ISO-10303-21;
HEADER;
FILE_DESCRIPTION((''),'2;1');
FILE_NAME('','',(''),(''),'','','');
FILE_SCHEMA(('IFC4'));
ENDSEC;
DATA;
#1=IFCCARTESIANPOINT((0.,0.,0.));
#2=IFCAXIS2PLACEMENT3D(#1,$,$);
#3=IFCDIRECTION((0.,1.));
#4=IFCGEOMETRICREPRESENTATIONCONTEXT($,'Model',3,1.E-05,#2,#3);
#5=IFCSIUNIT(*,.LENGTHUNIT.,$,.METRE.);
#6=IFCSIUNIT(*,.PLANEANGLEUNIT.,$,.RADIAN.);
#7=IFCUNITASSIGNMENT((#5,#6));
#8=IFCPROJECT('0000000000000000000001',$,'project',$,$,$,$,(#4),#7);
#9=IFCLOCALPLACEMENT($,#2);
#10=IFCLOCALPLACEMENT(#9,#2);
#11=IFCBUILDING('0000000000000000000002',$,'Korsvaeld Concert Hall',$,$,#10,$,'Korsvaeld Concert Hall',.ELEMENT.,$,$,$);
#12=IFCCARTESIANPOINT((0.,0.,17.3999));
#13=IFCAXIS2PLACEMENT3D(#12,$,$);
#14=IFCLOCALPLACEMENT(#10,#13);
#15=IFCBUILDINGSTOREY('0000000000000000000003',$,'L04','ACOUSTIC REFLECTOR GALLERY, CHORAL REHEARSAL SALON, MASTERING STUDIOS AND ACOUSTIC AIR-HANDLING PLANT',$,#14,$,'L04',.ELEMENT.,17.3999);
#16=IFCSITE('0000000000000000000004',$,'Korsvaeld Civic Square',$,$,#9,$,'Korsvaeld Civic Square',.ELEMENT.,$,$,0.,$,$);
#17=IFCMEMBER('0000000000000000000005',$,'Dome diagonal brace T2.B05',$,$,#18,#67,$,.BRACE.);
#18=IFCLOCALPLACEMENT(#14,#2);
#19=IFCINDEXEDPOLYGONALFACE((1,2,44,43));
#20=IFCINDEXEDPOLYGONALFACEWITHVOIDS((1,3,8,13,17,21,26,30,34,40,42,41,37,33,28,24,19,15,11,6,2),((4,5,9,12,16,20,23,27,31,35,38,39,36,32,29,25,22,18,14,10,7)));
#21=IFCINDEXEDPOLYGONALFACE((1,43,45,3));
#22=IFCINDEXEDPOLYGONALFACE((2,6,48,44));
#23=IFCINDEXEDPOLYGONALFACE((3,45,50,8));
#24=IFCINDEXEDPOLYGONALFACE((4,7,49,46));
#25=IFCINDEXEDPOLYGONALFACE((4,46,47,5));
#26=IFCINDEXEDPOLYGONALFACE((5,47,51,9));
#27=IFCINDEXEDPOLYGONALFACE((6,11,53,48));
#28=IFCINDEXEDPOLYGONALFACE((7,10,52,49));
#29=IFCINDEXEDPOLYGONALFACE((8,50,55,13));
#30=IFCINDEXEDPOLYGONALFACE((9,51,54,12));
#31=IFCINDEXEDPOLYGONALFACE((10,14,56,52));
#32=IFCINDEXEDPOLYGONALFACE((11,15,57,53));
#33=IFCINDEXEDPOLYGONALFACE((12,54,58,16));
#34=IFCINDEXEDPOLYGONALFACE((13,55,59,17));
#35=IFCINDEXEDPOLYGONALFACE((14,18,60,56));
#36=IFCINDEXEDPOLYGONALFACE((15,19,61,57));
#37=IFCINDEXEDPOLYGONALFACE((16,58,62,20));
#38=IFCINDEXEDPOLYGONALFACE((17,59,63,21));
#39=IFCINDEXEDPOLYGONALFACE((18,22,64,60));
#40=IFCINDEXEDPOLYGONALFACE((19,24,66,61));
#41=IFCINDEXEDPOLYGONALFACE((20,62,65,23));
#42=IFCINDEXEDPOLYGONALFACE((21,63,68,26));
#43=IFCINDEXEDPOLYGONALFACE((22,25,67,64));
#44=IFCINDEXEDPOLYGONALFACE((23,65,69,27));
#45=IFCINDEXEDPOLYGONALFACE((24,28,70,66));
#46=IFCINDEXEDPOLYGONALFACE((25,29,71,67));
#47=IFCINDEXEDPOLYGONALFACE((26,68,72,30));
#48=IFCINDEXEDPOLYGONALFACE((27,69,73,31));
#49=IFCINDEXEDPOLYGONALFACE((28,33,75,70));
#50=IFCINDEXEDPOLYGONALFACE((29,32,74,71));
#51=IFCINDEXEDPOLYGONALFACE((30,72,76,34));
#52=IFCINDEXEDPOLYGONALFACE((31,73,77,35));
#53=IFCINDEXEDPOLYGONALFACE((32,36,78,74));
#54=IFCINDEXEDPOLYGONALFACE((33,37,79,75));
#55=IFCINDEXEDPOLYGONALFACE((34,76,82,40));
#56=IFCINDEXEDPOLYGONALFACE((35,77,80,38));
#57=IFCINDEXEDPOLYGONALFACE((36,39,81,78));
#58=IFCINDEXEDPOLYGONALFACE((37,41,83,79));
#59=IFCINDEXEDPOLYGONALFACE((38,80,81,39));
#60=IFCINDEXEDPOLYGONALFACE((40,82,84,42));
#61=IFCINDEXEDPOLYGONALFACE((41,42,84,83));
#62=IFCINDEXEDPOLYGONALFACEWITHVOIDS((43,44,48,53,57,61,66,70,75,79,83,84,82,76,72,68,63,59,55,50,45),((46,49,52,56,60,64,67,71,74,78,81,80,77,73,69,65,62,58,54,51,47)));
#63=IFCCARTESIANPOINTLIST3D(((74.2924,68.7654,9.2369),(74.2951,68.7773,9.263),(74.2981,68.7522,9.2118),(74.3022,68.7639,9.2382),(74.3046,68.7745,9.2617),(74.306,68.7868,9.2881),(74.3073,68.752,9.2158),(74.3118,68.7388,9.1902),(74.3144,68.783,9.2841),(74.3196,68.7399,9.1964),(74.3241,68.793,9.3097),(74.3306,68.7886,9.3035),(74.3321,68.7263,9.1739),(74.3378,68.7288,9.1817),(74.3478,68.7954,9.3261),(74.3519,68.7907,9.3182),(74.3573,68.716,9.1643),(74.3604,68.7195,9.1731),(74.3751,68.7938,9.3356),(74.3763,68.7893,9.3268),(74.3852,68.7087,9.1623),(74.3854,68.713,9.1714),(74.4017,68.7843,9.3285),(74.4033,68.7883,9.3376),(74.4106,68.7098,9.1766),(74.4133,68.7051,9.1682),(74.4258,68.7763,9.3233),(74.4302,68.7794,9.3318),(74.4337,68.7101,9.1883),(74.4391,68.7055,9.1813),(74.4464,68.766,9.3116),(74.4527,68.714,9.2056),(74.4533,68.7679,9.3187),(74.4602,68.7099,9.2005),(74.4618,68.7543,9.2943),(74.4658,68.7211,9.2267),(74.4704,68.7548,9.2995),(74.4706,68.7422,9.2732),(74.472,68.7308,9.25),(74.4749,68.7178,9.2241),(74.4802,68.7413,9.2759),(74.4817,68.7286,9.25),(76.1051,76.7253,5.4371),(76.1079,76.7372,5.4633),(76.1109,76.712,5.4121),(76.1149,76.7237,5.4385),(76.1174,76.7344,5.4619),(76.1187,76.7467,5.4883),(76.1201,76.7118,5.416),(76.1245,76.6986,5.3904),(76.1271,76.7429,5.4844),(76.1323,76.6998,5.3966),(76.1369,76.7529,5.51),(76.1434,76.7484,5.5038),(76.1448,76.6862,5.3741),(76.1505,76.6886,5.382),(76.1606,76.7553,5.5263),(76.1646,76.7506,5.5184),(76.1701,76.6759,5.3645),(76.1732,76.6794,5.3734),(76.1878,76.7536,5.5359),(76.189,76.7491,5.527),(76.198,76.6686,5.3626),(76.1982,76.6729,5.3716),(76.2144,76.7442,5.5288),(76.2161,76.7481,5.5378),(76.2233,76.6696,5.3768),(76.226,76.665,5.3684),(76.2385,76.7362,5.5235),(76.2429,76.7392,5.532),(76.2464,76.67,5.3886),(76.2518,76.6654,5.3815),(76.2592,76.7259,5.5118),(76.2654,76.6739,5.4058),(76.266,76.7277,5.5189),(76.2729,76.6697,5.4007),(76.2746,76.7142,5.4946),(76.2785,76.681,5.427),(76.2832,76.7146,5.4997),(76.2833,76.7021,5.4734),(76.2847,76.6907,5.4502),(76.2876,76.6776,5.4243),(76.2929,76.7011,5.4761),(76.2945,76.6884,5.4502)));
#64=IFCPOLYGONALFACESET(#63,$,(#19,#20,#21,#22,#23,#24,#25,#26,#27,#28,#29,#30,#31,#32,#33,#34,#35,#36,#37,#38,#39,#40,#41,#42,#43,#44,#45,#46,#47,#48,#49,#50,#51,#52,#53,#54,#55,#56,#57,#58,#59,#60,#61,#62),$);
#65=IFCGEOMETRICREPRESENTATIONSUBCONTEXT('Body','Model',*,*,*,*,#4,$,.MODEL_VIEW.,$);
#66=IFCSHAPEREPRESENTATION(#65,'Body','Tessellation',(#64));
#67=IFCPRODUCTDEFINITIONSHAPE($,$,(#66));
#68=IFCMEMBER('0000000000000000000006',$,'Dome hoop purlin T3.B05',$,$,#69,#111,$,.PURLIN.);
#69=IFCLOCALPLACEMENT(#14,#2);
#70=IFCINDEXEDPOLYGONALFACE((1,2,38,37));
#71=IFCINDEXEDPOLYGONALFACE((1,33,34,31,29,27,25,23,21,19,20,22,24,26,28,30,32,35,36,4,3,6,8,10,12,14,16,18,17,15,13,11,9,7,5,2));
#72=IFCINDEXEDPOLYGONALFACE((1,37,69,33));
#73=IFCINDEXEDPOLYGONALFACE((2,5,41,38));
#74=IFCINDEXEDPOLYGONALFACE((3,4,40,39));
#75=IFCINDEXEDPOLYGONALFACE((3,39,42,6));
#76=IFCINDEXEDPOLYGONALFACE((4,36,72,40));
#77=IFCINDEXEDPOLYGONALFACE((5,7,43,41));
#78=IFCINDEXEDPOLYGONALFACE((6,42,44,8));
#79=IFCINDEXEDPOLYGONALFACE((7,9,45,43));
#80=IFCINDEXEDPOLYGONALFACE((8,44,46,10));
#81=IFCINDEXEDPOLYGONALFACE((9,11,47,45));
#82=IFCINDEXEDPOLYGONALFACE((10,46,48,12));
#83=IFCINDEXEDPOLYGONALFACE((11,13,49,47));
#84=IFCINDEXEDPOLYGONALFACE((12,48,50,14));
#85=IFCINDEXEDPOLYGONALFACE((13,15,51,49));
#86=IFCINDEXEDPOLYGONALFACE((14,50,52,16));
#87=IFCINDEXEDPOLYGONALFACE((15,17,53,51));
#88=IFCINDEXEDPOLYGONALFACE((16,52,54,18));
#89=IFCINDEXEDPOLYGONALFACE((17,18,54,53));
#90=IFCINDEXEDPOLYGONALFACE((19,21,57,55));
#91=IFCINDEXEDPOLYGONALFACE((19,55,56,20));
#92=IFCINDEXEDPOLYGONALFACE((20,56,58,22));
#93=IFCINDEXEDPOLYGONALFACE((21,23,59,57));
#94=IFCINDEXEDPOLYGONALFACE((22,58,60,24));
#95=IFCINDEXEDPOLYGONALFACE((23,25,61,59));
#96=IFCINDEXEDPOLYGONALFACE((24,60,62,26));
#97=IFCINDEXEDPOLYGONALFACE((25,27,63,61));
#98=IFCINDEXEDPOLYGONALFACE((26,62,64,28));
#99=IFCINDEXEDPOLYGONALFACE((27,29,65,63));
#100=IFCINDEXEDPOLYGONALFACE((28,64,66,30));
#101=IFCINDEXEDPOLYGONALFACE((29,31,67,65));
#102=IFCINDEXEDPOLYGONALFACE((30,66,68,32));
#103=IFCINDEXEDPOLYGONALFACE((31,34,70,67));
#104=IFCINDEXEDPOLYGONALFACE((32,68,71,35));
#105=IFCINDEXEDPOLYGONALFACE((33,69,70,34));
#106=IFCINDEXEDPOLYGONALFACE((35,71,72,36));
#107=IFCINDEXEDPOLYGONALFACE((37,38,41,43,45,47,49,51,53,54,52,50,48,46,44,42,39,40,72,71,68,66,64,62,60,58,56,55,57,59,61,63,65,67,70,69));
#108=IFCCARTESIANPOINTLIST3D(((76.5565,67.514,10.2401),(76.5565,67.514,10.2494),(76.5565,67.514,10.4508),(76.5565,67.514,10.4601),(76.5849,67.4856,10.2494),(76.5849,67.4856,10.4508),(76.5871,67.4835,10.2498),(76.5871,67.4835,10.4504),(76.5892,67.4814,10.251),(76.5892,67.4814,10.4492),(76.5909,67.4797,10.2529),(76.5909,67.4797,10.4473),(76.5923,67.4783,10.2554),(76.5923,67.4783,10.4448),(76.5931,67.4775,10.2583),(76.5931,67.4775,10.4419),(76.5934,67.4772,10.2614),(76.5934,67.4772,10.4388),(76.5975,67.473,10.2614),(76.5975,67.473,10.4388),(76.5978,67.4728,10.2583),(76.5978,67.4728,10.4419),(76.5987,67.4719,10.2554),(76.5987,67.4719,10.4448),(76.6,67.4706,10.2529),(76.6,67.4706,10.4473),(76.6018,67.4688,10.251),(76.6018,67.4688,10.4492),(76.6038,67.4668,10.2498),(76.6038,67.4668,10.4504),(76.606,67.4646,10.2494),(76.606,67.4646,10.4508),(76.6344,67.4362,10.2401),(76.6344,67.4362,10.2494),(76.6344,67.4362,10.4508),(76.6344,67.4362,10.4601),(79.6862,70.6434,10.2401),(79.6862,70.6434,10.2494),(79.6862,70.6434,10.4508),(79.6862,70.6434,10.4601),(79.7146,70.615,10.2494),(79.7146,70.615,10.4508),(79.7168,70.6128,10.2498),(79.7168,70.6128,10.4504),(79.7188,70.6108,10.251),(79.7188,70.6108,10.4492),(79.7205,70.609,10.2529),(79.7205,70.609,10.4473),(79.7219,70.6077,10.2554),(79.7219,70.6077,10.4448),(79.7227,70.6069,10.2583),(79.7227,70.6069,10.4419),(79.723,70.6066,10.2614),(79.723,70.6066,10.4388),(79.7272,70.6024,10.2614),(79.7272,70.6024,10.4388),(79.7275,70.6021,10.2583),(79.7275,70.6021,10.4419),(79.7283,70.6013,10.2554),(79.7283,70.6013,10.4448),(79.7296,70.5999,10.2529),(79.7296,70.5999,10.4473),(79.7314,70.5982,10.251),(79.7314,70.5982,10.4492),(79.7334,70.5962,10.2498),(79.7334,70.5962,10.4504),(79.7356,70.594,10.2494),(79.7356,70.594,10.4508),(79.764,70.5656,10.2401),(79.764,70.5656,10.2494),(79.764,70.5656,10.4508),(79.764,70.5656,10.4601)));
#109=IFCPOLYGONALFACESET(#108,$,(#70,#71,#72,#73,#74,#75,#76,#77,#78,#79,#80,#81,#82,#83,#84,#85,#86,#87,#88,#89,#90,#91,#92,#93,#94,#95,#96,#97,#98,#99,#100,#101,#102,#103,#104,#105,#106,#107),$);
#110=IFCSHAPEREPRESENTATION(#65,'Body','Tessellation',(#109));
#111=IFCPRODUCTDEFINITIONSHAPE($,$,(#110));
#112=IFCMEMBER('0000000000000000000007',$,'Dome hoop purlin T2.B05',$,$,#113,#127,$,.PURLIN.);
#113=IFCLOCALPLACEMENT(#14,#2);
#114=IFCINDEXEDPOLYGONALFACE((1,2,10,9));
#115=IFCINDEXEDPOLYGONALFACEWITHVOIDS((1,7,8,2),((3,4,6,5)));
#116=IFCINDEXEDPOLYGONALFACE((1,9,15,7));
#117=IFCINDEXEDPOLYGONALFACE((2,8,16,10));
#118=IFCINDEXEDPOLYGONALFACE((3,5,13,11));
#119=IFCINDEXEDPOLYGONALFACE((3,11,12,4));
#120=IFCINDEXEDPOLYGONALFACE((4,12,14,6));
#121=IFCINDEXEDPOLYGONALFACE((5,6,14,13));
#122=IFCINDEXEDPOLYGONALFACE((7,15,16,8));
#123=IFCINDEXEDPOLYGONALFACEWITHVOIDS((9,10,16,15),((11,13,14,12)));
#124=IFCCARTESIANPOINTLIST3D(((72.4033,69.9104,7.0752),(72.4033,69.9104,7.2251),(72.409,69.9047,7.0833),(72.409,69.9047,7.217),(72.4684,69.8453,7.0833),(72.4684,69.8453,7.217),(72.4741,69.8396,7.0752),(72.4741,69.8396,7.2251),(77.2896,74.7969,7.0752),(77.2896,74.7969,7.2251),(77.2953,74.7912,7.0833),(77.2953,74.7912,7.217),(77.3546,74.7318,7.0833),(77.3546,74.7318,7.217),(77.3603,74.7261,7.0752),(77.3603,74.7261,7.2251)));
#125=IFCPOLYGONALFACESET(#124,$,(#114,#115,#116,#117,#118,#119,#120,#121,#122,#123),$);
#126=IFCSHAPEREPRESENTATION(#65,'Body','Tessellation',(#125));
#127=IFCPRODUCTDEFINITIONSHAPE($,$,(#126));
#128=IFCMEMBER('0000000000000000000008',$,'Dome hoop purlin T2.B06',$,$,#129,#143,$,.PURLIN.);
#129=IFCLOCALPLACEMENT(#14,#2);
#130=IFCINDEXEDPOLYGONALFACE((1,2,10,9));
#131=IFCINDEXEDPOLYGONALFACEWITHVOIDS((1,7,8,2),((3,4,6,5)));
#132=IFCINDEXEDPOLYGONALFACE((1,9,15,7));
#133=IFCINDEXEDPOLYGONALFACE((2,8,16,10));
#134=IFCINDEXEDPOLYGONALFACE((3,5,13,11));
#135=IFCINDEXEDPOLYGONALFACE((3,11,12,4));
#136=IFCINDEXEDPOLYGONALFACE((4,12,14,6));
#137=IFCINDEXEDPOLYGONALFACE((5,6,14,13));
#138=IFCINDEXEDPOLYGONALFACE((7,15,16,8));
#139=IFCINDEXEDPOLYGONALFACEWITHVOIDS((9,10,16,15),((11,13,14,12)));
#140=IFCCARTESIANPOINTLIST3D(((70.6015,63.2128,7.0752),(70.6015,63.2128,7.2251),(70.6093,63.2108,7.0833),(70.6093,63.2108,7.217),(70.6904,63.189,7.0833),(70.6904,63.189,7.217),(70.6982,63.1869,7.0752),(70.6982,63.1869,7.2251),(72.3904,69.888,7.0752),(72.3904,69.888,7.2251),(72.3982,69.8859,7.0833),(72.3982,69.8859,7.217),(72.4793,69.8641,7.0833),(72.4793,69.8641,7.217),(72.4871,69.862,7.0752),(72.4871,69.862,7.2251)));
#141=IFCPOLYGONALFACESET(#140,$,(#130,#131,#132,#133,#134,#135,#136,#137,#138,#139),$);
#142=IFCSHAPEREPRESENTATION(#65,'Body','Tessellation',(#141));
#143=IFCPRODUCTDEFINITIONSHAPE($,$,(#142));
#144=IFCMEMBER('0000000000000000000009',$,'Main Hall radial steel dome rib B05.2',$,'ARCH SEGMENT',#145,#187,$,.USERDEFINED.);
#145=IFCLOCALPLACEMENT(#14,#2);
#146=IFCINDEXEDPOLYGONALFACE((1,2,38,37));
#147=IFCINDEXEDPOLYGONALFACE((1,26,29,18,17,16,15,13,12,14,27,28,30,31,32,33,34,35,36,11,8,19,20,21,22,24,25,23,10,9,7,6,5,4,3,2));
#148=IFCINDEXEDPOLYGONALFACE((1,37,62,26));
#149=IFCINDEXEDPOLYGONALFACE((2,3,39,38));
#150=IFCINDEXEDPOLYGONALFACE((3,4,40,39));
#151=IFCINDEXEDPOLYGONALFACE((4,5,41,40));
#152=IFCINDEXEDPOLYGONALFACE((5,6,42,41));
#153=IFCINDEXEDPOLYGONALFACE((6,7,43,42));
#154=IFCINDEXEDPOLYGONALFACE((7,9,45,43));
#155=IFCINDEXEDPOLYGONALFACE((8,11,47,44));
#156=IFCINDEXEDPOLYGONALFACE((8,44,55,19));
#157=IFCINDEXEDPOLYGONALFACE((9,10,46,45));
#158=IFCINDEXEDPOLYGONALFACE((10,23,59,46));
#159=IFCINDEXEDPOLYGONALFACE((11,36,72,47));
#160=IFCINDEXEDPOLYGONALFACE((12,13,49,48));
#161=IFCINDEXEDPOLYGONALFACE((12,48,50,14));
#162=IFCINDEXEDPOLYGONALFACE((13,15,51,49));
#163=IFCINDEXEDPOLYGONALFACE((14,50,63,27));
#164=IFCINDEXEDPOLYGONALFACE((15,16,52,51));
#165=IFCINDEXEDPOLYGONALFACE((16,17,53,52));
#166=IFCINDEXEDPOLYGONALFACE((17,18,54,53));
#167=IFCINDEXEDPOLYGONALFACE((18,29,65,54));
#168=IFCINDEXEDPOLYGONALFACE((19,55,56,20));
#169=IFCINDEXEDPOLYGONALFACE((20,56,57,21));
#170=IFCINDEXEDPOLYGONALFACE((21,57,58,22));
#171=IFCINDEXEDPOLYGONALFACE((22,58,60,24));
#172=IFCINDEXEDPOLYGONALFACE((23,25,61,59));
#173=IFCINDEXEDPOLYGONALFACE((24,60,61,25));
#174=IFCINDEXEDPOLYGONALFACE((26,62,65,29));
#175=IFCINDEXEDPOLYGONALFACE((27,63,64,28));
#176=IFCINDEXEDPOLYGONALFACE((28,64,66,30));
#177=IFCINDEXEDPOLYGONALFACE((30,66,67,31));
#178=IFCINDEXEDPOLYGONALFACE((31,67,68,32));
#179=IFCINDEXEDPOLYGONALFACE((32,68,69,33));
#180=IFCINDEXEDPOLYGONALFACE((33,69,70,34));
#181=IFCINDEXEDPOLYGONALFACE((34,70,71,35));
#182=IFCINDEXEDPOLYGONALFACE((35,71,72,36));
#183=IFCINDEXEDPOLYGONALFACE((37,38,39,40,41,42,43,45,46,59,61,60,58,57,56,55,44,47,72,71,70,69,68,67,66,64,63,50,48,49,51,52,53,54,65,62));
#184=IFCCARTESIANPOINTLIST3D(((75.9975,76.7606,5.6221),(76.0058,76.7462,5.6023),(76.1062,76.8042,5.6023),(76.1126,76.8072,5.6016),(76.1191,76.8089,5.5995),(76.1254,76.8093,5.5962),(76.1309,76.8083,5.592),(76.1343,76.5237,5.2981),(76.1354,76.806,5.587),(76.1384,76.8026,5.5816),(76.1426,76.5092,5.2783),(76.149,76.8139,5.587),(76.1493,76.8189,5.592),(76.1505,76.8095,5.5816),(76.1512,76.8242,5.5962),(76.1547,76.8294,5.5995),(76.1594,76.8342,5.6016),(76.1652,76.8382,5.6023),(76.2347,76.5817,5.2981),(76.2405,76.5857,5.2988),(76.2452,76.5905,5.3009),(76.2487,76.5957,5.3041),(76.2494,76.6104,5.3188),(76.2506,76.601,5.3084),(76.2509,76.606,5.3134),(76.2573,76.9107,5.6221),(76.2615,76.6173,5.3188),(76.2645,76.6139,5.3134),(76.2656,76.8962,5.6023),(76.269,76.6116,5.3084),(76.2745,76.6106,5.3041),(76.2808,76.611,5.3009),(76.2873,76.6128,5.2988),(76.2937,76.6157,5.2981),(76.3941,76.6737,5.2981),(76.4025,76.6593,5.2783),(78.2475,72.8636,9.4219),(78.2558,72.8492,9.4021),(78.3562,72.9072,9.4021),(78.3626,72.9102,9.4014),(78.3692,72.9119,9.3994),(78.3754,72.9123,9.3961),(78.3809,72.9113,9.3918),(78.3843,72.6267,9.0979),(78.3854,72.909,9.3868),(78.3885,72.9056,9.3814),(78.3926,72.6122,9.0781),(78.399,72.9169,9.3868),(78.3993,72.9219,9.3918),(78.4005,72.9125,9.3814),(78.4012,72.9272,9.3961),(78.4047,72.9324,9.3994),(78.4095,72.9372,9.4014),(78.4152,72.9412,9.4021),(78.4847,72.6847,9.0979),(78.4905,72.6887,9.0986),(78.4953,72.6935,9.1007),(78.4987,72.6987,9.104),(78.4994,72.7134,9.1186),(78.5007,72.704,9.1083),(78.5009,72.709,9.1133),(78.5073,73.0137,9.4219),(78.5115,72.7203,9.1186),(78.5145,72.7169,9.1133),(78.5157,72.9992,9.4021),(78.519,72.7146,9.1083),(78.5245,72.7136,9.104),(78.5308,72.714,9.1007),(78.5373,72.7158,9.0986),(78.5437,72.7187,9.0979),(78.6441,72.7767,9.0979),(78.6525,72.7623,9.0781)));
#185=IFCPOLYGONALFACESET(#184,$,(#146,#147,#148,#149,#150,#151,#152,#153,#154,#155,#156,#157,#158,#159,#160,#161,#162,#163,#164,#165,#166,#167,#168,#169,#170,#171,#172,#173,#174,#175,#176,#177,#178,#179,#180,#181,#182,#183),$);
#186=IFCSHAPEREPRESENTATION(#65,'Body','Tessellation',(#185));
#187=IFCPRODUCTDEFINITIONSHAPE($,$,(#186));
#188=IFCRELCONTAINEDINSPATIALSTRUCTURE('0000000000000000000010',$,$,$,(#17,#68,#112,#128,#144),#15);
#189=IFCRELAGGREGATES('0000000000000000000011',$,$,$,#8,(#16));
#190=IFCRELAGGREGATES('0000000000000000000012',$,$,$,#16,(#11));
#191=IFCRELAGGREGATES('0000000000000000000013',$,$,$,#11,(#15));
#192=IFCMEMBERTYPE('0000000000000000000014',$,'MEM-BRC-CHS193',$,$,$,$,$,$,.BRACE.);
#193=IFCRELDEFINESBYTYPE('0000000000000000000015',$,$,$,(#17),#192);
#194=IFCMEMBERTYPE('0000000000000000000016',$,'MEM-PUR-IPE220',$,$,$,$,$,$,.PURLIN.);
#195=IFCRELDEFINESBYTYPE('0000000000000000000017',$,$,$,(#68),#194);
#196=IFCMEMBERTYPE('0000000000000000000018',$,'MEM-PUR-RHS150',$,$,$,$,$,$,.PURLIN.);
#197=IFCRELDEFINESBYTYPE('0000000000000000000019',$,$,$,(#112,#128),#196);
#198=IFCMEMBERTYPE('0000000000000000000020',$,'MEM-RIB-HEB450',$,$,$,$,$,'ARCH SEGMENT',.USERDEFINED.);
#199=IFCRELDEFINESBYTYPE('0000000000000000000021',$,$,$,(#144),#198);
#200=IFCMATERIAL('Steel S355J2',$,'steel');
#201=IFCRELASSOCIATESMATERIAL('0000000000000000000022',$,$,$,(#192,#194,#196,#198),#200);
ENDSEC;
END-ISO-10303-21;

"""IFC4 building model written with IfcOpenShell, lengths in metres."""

from ifc_helpers import new_model, si_unit, direction, frame, origin, origin_2d, place, context, subcontext, project, spatial, hollow_rectangle, hollow_circle, i_section, extrude, material, material_profile, profile_set, type_object, element, save


model = new_model("IFC4")

# Units and contexts
model_context = context("Model", 3, precision=1e-05, world=origin(), true_north=direction((0.0, 1.0)))
body_context = subcontext(model_context, "Body", "Model", "MODEL_VIEW")
ifc_project = project(units=[si_unit("LENGTHUNIT", "METRE"), si_unit("PLANEANGLEUNIT", "RADIAN")], contexts=[model_context])

# Site, building, storey
site_placement = place(None, origin())
site = spatial("IfcSite", under=ifc_project, at=site_placement, Name="Korsvaeld Civic Square", LongName="Korsvaeld Civic Square", CompositionType="ELEMENT", RefElevation=0.0)
building_placement = place(site_placement, origin())
building = spatial("IfcBuilding", under=site, at=building_placement, Name="Korsvaeld Concert Hall", LongName="Korsvaeld Concert Hall", CompositionType="ELEMENT")
storey_placement = place(building_placement, frame((0.0, 0.0, 17.3999)))
storey = spatial("IfcBuildingStorey", under=building, at=storey_placement, Name="L04", Description="ACOUSTIC REFLECTOR GALLERY, CHORAL REHEARSAL SALON, MASTERING STUDIOS AND ACOUSTIC AIR-HANDLING PLANT", LongName="L04", CompositionType="ELEMENT", Elevation=17.3999)

# Shared definitions
ifc_material_1 = material(Name="Steel S355J2", Category="steel")

# Members
ifc_material_profile_1 = material_profile(ifc_material_1, hollow_circle(Radius=0.0969, WallThickness=0.01, at=origin_2d()), Name="CHS 193.7x10")
ifc_profile_set_1 = profile_set([ifc_material_profile_1], Name="Steel S355J2")
member_type_1 = type_object("IfcMemberType", Name="MEM-BRC-CHS193", PredefinedType="BRACE", material=ifc_profile_set_1)
member_1_placement = place(storey_placement, frame((76.2, 76.71, 5.4502), z_axis=(-0.20131, -0.883973, 0.421978), x_axis=(0.975036, -0.222048, 0.0)))
element("IfcMember", 1, at=member_1_placement, inside=storey, type_object=member_type_1, Name="Dome diagonal brace T2.B05", PredefinedType="BRACE", context=body_context, shape_type="SweptSolid", body=[
    extrude(hollow_circle(Radius=0.0969, WallThickness=0.01, at=origin_2d()), origin(), (0.0, 0.0, 1.0), 9.0046),
])
ifc_material_profile_2 = material_profile(ifc_material_1, i_section(OverallWidth=0.1101, OverallDepth=0.22, WebThickness=0.0059, FlangeThickness=0.0093, FilletRadius=0.012, at=origin_2d()), Name="IPE 220")
ifc_profile_set_2 = profile_set([ifc_material_profile_2], Name="Steel S355J2")
member_type_2 = type_object("IfcMemberType", Name="MEM-PUR-IPE220", PredefinedType="PURLIN", material=ifc_profile_set_2)
member_2_placement = place(storey_placement, frame((79.7251, 70.6045, 10.3501), z_axis=(-0.707134, -0.707079, 0.0), x_axis=(0.707079, -0.707134, 0.0)))
element("IfcMember", 2, at=member_2_placement, inside=storey, type_object=member_type_2, Name="Dome hoop purlin T3.B05", PredefinedType="PURLIN", context=body_context, shape_type="SweptSolid", body=[
    extrude(i_section(OverallWidth=0.1101, OverallDepth=0.22, WebThickness=0.0059, FlangeThickness=0.0093, FilletRadius=0.012, at=origin_2d()), origin(), (0.0, 0.0, 1.0), 4.4258),
])
ifc_material_profile_3 = material_profile(ifc_material_1, hollow_rectangle(XDim=0.1001, YDim=0.1499, WallThickness=0.0081, at=origin_2d()), Name="RHS 150x100x8")
ifc_profile_set_3 = profile_set([ifc_material_profile_3], Name="Steel S355J2")
member_type_3 = type_object("IfcMemberType", Name="MEM-PUR-RHS150", PredefinedType="PURLIN", material=ifc_profile_set_3)
member_3_placement = place(storey_placement, frame((77.325, 74.7615, 7.1501), z_axis=(-0.707089, -0.707124, 0.0), x_axis=(0.707124, -0.707089, 0.0)))
element("IfcMember", 3, at=member_3_placement, inside=storey, type_object=member_type_3, Name="Dome hoop purlin T2.B05", PredefinedType="PURLIN", context=body_context, shape_type="SweptSolid", body=[
    extrude(hollow_rectangle(XDim=0.1001, YDim=0.1499, WallThickness=0.0081, at=origin_2d()), origin(), (0.0, 0.0, 1.0), 6.9104),
])
member_4_placement = place(storey_placement, frame((72.4387, 69.875, 7.1501), z_axis=(-0.258852, -0.965917, 0.0), x_axis=(0.965917, -0.258852, 0.0)))
element("IfcMember", 4, at=member_4_placement, inside=storey, type_object=member_type_3, Name="Dome hoop purlin T2.B06", PredefinedType="PURLIN", context=body_context, shape_type="SweptSolid", body=[
    extrude(hollow_rectangle(XDim=0.1001, YDim=0.1499, WallThickness=0.0081, at=origin_2d()), origin(), (0.0, 0.0, 1.0), 6.9106),
])
ifc_material_profile_4 = material_profile(ifc_material_1, i_section(OverallWidth=0.3, OverallDepth=0.45, WebThickness=0.0139, FlangeThickness=0.0259, FilletRadius=0.0271, at=origin_2d()), Name="HEB 450")
ifc_profile_set_4 = profile_set([ifc_material_profile_4], Name="Steel S355J2")
member_type_4 = type_object("IfcMemberType", Name="MEM-RIB-HEB450", ElementType="ARCH SEGMENT", PredefinedType="USERDEFINED", material=ifc_profile_set_4)
member_5_placement = place(storey_placement, frame((76.2, 76.71, 5.4502), z_axis=(0.382029, -0.66167, 0.645172), x_axis=(0.866018, 0.500014, 0.0)))
element("IfcMember", 5, at=member_5_placement, inside=storey, type_object=member_type_4, Name="Main Hall radial steel dome rib B05.2", ObjectType="ARCH SEGMENT", PredefinedType="USERDEFINED", context=body_context, shape_type="SweptSolid", body=[
    extrude(i_section(OverallWidth=0.3, OverallDepth=0.45, WebThickness=0.0139, FlangeThickness=0.0259, FilletRadius=0.0271, at=origin_2d()), origin(), (0.0, 0.0, 1.0), 5.8896),
])

save(model, "model.ifc")
